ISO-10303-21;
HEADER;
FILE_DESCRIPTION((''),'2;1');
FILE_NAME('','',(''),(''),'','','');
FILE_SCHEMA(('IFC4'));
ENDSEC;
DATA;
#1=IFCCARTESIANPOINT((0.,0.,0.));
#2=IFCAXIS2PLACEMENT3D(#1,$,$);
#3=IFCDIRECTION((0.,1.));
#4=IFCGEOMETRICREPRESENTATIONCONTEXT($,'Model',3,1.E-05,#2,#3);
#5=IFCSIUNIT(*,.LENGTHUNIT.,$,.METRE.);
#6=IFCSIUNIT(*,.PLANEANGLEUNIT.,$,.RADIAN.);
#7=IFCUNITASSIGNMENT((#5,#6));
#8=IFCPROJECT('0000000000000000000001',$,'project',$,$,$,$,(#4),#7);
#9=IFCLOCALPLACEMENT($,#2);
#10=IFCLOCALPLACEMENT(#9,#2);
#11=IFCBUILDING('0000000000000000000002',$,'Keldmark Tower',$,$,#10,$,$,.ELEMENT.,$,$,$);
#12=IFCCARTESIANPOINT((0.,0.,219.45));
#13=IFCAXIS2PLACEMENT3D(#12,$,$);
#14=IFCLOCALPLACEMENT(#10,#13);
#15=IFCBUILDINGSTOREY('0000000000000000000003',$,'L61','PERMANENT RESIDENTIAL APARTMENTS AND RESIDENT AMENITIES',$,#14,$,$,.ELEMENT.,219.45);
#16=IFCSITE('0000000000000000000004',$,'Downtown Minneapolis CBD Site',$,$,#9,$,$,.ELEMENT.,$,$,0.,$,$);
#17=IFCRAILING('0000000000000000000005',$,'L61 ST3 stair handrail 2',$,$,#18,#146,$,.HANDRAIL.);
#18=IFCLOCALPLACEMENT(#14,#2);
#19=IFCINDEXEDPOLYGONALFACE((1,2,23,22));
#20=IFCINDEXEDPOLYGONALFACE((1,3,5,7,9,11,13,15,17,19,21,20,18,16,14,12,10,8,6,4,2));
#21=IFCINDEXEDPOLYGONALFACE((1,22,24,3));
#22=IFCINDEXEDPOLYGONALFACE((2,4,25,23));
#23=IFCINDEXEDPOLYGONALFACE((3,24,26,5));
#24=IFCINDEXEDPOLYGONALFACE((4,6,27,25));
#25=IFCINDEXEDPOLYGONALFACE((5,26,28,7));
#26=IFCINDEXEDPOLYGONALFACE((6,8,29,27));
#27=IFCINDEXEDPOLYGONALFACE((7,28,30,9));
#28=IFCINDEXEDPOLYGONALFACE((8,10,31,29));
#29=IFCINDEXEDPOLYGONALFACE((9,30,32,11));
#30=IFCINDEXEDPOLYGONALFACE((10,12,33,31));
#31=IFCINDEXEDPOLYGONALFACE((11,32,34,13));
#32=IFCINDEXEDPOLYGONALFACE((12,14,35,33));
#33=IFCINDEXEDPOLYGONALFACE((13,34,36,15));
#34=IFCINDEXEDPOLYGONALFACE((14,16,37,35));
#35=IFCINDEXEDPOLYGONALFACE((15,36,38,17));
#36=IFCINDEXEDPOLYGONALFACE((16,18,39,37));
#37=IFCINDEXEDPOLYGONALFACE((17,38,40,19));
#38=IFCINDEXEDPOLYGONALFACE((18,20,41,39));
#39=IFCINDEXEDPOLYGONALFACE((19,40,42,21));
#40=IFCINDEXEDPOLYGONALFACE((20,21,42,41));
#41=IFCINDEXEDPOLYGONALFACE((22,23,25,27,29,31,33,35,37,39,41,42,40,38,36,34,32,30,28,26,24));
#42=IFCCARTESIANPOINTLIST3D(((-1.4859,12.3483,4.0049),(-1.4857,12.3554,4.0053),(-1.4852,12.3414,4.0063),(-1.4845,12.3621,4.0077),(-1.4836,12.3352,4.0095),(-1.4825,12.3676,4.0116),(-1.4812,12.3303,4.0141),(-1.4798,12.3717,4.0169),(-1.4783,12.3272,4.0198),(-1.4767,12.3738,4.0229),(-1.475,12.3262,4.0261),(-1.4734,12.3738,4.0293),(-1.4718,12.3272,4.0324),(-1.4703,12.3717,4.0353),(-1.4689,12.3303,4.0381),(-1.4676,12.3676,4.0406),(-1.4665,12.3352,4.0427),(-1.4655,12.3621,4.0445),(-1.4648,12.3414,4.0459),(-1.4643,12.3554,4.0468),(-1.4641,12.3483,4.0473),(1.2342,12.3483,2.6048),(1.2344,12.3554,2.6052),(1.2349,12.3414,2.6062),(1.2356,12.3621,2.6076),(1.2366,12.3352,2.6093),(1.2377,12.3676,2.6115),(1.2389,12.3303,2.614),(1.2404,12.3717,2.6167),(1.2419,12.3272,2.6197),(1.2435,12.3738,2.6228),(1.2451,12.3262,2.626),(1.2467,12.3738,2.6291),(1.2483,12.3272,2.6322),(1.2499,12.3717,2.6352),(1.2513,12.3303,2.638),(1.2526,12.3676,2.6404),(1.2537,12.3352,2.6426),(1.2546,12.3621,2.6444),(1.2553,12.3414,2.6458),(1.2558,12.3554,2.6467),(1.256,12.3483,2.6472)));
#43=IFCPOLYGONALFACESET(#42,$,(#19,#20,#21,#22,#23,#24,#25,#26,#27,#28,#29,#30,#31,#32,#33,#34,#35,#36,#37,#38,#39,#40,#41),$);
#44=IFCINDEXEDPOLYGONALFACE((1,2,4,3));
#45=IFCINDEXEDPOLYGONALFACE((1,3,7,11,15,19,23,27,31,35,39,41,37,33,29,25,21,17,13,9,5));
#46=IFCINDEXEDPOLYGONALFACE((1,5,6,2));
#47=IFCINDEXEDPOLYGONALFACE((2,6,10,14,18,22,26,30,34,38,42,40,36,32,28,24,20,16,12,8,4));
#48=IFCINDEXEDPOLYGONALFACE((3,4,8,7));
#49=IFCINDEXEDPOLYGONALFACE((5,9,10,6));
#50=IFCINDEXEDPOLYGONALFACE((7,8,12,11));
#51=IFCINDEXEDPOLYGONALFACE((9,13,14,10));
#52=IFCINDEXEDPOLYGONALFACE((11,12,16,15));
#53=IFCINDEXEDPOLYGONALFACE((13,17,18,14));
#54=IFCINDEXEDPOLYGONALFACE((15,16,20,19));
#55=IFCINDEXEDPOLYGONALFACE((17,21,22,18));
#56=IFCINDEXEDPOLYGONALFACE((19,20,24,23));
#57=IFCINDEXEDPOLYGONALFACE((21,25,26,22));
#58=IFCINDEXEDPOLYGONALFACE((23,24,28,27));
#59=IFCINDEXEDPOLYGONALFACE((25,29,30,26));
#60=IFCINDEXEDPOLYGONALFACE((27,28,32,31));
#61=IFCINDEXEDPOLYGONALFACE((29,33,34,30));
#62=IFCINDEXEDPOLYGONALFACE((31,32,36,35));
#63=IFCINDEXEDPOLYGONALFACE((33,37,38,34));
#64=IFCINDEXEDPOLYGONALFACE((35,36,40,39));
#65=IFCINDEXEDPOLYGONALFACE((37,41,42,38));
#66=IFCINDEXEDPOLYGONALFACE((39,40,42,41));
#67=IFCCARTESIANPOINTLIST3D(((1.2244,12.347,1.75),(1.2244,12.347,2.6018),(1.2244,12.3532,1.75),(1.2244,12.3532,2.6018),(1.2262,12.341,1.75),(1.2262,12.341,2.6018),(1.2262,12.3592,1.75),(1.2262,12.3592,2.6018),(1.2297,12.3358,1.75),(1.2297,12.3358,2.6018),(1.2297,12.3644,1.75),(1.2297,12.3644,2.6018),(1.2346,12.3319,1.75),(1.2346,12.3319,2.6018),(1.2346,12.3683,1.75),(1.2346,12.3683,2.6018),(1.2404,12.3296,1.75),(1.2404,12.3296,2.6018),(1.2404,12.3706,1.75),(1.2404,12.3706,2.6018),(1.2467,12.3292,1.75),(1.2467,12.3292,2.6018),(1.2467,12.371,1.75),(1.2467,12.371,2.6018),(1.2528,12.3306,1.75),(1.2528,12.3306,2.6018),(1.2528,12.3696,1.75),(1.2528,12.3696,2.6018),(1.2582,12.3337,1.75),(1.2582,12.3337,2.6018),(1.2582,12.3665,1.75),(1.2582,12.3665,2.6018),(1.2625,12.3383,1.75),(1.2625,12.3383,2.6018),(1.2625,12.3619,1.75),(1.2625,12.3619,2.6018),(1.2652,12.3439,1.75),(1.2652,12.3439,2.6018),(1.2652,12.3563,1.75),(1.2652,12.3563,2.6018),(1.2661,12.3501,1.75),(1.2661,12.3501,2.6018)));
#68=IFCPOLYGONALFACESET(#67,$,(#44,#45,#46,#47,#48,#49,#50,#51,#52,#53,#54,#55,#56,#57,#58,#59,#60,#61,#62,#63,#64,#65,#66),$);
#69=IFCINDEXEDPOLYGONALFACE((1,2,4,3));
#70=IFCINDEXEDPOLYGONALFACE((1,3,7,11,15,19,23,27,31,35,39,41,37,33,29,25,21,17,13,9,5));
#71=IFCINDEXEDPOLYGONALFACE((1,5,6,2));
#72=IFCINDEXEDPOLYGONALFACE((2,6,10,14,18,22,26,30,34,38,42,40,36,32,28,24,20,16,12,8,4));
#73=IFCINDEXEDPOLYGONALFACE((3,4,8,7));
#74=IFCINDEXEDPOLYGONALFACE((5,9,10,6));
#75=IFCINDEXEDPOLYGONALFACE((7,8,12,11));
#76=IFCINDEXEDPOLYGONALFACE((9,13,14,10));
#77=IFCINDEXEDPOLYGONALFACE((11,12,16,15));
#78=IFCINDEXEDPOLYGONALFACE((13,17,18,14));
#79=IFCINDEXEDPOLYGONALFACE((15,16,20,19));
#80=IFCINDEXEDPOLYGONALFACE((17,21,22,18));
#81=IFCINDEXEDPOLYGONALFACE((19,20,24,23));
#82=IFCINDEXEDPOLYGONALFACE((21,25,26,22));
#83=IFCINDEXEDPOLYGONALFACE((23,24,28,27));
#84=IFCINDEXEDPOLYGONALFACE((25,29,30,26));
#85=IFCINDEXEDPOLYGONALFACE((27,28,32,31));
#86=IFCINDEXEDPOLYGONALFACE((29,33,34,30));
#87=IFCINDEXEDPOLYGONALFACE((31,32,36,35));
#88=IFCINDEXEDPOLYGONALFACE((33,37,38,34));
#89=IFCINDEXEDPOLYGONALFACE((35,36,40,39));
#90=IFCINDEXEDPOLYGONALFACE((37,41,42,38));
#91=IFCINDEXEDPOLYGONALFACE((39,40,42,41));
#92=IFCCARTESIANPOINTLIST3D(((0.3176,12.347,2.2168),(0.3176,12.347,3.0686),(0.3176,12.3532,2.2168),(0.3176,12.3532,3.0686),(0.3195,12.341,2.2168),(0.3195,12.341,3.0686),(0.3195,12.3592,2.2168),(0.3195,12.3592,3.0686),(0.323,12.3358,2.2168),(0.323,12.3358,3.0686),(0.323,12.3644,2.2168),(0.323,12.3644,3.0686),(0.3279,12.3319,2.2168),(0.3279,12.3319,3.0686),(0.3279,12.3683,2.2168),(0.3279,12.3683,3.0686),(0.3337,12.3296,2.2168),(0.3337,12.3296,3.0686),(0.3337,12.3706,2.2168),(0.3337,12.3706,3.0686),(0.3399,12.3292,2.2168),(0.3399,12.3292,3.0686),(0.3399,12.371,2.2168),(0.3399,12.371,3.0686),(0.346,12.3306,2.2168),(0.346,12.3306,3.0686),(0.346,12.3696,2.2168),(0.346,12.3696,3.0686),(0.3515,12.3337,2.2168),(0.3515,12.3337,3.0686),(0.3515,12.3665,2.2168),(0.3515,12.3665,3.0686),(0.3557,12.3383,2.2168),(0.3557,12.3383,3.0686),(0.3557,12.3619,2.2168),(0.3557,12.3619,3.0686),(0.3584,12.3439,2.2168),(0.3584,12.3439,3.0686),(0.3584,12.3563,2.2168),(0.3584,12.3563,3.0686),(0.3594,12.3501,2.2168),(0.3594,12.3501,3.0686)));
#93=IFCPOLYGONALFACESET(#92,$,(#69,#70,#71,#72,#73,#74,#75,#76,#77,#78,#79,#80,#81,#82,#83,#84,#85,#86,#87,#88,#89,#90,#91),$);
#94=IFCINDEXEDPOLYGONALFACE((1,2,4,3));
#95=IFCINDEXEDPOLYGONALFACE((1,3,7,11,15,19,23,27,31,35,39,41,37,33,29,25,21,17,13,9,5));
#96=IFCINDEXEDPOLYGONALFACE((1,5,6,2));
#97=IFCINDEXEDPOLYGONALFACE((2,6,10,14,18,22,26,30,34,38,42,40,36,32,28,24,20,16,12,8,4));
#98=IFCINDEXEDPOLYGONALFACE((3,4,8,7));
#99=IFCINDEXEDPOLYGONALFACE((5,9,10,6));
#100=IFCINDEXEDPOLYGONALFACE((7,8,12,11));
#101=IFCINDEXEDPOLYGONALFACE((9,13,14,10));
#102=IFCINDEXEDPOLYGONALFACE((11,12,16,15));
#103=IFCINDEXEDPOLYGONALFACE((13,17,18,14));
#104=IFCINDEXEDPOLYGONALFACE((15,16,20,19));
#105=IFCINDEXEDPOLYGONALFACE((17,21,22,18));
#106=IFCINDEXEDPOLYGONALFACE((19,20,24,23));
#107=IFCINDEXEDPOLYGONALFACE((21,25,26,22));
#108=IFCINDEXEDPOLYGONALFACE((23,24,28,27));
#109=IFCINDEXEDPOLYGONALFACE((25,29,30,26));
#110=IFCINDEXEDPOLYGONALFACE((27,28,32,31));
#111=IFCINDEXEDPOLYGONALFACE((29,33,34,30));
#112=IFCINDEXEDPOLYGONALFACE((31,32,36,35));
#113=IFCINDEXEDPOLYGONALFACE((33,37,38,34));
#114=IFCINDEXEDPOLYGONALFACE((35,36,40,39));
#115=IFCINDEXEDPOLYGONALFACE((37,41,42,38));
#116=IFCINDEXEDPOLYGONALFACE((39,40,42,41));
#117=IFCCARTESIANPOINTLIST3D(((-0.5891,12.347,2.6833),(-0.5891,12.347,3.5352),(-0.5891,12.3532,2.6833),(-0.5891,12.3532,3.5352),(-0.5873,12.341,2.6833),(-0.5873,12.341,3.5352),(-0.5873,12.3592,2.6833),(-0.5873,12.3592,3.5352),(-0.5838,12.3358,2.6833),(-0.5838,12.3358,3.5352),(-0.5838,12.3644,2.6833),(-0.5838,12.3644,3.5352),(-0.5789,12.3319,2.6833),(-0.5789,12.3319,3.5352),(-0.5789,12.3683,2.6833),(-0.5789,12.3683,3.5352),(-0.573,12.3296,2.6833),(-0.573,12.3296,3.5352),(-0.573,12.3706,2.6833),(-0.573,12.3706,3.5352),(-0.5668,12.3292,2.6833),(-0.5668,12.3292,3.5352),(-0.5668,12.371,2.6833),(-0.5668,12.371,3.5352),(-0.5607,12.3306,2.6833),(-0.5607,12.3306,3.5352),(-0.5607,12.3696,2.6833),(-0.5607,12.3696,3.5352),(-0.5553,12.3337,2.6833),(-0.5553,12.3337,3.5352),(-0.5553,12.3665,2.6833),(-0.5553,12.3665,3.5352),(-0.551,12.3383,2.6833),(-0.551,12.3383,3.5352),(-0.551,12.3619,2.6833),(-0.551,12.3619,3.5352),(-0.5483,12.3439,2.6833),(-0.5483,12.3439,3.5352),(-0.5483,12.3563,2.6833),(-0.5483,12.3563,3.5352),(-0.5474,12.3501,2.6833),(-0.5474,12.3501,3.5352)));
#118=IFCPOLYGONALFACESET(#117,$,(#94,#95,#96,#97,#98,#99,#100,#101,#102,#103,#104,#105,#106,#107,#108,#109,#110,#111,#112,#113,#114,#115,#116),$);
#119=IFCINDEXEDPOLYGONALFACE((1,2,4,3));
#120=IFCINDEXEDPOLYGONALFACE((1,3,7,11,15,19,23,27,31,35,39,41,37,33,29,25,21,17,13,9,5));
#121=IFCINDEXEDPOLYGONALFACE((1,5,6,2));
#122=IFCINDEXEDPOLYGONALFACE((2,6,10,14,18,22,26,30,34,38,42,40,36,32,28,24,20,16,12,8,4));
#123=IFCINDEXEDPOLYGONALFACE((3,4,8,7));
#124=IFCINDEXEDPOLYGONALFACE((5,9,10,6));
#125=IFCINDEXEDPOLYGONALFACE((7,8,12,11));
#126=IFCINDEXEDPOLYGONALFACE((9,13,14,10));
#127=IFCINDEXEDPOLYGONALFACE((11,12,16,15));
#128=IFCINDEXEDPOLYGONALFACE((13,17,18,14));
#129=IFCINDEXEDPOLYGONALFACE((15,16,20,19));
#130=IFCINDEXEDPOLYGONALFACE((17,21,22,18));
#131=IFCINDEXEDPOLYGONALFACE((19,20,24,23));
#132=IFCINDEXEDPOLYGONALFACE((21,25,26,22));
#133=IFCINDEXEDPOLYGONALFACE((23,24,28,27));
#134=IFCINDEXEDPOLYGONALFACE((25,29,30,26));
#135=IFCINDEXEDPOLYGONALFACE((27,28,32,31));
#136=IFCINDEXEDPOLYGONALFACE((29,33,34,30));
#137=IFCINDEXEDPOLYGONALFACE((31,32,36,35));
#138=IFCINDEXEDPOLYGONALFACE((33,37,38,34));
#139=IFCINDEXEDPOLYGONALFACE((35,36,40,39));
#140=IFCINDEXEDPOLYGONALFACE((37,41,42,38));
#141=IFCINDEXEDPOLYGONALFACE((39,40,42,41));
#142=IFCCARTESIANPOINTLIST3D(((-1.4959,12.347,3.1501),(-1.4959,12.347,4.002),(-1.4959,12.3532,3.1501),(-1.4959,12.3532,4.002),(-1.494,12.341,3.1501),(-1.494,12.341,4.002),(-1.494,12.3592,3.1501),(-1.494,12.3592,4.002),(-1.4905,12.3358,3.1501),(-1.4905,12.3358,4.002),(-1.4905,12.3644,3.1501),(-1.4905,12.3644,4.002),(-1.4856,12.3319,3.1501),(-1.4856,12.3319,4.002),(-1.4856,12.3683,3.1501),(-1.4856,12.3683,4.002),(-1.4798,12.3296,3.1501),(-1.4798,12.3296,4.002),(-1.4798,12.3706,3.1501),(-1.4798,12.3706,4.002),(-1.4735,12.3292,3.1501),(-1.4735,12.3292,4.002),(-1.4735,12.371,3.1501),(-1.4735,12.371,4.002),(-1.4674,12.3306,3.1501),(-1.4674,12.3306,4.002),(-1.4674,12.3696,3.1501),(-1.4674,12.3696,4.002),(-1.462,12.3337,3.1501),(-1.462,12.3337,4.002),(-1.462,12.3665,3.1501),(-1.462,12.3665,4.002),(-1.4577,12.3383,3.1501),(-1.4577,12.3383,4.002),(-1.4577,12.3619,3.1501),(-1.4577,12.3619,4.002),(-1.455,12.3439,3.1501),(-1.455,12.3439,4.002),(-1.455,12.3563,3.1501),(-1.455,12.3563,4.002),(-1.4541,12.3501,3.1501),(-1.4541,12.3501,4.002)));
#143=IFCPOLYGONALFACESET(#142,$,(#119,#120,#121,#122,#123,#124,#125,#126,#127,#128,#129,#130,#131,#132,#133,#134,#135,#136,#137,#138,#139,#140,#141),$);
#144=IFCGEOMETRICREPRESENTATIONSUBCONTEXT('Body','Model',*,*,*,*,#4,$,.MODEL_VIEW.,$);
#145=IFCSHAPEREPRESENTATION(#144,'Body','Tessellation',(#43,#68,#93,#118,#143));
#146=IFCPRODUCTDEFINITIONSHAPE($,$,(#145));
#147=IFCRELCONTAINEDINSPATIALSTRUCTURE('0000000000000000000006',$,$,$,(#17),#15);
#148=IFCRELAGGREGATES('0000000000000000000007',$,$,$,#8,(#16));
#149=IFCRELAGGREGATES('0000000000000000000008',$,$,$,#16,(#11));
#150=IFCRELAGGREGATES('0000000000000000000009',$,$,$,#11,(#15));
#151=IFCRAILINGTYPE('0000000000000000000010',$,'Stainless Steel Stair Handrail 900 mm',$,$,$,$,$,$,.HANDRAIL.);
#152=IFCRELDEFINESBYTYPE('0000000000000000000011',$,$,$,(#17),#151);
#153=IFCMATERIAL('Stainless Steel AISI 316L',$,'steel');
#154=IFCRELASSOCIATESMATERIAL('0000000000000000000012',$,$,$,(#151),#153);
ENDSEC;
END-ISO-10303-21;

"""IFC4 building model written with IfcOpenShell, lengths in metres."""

from ifc_helpers import new_model, si_unit, direction, frame, origin, origin_2d, place, context, subcontext, project, spatial, circle, extrude, material, type_object, element, save


model = new_model("IFC4")

# Units and contexts
model_context = context("Model", 3, precision=1e-05, world=origin(), true_north=direction((0.0, 1.0)))
body_context = subcontext(model_context, "Body", "Model", "MODEL_VIEW")
ifc_project = project(units=[si_unit("LENGTHUNIT", "METRE"), si_unit("PLANEANGLEUNIT", "RADIAN")], contexts=[model_context])

# Site, building, storey
site_placement = place(None, origin())
site = spatial("IfcSite", under=ifc_project, at=site_placement, Name="Downtown Minneapolis CBD Site", CompositionType="ELEMENT", RefElevation=0.0)
building_placement = place(site_placement, origin())
building = spatial("IfcBuilding", under=site, at=building_placement, Name="Keldmark Tower", CompositionType="ELEMENT")
storey_placement = place(building_placement, frame((0.0, 0.0, 219.45)))
storey = spatial("IfcBuildingStorey", under=building, at=storey_placement, Name="L61", Description="PERMANENT RESIDENTIAL APARTMENTS AND RESIDENT AMENITIES", CompositionType="ELEMENT", Elevation=219.45)

# Railing
ifc_material_1 = material(Name="Stainless Steel AISI 316L", Category="steel")
railing_type_1 = type_object("IfcRailingType", Name="Stainless Steel Stair Handrail 900 mm", PredefinedType="HANDRAIL", material=ifc_material_1)
railing_1_placement = place(storey_placement, frame((1.2451, 12.3501, 1.75)))
element("IfcRailing", 1, at=railing_1_placement, inside=storey, type_object=railing_type_1, Name="L61 ST3 stair handrail 2", PredefinedType="HANDRAIL", context=body_context, shape_type="SweptSolid", body=[
    extrude(circle(Radius=0.0239, at=origin_2d()), frame((0.0, 0.0, 0.876), z_axis=(-0.889131, 0.0, 0.457653), x_axis=(0.0, -1.0, 0.0)), (0.0, 0.0, 1.0), 3.0593),
    extrude(circle(Radius=0.021, at=origin_2d()), origin(), (0.0, 0.0, 1.0), 0.8518),
    extrude(circle(Radius=0.021, at=origin_2d()), frame((-0.9067, 0.0, 0.4668)), (0.0, 0.0, 1.0), 0.8518),
    extrude(circle(Radius=0.021, at=origin_2d()), frame((-1.8135, 0.0, 0.9333)), (0.0, 0.0, 1.0), 0.8518),
    extrude(circle(Radius=0.021, at=origin_2d()), frame((-2.7202, 0.0, 1.4001)), (0.0, 0.0, 1.0), 0.8518),
])

save(model, "model.ifc")
